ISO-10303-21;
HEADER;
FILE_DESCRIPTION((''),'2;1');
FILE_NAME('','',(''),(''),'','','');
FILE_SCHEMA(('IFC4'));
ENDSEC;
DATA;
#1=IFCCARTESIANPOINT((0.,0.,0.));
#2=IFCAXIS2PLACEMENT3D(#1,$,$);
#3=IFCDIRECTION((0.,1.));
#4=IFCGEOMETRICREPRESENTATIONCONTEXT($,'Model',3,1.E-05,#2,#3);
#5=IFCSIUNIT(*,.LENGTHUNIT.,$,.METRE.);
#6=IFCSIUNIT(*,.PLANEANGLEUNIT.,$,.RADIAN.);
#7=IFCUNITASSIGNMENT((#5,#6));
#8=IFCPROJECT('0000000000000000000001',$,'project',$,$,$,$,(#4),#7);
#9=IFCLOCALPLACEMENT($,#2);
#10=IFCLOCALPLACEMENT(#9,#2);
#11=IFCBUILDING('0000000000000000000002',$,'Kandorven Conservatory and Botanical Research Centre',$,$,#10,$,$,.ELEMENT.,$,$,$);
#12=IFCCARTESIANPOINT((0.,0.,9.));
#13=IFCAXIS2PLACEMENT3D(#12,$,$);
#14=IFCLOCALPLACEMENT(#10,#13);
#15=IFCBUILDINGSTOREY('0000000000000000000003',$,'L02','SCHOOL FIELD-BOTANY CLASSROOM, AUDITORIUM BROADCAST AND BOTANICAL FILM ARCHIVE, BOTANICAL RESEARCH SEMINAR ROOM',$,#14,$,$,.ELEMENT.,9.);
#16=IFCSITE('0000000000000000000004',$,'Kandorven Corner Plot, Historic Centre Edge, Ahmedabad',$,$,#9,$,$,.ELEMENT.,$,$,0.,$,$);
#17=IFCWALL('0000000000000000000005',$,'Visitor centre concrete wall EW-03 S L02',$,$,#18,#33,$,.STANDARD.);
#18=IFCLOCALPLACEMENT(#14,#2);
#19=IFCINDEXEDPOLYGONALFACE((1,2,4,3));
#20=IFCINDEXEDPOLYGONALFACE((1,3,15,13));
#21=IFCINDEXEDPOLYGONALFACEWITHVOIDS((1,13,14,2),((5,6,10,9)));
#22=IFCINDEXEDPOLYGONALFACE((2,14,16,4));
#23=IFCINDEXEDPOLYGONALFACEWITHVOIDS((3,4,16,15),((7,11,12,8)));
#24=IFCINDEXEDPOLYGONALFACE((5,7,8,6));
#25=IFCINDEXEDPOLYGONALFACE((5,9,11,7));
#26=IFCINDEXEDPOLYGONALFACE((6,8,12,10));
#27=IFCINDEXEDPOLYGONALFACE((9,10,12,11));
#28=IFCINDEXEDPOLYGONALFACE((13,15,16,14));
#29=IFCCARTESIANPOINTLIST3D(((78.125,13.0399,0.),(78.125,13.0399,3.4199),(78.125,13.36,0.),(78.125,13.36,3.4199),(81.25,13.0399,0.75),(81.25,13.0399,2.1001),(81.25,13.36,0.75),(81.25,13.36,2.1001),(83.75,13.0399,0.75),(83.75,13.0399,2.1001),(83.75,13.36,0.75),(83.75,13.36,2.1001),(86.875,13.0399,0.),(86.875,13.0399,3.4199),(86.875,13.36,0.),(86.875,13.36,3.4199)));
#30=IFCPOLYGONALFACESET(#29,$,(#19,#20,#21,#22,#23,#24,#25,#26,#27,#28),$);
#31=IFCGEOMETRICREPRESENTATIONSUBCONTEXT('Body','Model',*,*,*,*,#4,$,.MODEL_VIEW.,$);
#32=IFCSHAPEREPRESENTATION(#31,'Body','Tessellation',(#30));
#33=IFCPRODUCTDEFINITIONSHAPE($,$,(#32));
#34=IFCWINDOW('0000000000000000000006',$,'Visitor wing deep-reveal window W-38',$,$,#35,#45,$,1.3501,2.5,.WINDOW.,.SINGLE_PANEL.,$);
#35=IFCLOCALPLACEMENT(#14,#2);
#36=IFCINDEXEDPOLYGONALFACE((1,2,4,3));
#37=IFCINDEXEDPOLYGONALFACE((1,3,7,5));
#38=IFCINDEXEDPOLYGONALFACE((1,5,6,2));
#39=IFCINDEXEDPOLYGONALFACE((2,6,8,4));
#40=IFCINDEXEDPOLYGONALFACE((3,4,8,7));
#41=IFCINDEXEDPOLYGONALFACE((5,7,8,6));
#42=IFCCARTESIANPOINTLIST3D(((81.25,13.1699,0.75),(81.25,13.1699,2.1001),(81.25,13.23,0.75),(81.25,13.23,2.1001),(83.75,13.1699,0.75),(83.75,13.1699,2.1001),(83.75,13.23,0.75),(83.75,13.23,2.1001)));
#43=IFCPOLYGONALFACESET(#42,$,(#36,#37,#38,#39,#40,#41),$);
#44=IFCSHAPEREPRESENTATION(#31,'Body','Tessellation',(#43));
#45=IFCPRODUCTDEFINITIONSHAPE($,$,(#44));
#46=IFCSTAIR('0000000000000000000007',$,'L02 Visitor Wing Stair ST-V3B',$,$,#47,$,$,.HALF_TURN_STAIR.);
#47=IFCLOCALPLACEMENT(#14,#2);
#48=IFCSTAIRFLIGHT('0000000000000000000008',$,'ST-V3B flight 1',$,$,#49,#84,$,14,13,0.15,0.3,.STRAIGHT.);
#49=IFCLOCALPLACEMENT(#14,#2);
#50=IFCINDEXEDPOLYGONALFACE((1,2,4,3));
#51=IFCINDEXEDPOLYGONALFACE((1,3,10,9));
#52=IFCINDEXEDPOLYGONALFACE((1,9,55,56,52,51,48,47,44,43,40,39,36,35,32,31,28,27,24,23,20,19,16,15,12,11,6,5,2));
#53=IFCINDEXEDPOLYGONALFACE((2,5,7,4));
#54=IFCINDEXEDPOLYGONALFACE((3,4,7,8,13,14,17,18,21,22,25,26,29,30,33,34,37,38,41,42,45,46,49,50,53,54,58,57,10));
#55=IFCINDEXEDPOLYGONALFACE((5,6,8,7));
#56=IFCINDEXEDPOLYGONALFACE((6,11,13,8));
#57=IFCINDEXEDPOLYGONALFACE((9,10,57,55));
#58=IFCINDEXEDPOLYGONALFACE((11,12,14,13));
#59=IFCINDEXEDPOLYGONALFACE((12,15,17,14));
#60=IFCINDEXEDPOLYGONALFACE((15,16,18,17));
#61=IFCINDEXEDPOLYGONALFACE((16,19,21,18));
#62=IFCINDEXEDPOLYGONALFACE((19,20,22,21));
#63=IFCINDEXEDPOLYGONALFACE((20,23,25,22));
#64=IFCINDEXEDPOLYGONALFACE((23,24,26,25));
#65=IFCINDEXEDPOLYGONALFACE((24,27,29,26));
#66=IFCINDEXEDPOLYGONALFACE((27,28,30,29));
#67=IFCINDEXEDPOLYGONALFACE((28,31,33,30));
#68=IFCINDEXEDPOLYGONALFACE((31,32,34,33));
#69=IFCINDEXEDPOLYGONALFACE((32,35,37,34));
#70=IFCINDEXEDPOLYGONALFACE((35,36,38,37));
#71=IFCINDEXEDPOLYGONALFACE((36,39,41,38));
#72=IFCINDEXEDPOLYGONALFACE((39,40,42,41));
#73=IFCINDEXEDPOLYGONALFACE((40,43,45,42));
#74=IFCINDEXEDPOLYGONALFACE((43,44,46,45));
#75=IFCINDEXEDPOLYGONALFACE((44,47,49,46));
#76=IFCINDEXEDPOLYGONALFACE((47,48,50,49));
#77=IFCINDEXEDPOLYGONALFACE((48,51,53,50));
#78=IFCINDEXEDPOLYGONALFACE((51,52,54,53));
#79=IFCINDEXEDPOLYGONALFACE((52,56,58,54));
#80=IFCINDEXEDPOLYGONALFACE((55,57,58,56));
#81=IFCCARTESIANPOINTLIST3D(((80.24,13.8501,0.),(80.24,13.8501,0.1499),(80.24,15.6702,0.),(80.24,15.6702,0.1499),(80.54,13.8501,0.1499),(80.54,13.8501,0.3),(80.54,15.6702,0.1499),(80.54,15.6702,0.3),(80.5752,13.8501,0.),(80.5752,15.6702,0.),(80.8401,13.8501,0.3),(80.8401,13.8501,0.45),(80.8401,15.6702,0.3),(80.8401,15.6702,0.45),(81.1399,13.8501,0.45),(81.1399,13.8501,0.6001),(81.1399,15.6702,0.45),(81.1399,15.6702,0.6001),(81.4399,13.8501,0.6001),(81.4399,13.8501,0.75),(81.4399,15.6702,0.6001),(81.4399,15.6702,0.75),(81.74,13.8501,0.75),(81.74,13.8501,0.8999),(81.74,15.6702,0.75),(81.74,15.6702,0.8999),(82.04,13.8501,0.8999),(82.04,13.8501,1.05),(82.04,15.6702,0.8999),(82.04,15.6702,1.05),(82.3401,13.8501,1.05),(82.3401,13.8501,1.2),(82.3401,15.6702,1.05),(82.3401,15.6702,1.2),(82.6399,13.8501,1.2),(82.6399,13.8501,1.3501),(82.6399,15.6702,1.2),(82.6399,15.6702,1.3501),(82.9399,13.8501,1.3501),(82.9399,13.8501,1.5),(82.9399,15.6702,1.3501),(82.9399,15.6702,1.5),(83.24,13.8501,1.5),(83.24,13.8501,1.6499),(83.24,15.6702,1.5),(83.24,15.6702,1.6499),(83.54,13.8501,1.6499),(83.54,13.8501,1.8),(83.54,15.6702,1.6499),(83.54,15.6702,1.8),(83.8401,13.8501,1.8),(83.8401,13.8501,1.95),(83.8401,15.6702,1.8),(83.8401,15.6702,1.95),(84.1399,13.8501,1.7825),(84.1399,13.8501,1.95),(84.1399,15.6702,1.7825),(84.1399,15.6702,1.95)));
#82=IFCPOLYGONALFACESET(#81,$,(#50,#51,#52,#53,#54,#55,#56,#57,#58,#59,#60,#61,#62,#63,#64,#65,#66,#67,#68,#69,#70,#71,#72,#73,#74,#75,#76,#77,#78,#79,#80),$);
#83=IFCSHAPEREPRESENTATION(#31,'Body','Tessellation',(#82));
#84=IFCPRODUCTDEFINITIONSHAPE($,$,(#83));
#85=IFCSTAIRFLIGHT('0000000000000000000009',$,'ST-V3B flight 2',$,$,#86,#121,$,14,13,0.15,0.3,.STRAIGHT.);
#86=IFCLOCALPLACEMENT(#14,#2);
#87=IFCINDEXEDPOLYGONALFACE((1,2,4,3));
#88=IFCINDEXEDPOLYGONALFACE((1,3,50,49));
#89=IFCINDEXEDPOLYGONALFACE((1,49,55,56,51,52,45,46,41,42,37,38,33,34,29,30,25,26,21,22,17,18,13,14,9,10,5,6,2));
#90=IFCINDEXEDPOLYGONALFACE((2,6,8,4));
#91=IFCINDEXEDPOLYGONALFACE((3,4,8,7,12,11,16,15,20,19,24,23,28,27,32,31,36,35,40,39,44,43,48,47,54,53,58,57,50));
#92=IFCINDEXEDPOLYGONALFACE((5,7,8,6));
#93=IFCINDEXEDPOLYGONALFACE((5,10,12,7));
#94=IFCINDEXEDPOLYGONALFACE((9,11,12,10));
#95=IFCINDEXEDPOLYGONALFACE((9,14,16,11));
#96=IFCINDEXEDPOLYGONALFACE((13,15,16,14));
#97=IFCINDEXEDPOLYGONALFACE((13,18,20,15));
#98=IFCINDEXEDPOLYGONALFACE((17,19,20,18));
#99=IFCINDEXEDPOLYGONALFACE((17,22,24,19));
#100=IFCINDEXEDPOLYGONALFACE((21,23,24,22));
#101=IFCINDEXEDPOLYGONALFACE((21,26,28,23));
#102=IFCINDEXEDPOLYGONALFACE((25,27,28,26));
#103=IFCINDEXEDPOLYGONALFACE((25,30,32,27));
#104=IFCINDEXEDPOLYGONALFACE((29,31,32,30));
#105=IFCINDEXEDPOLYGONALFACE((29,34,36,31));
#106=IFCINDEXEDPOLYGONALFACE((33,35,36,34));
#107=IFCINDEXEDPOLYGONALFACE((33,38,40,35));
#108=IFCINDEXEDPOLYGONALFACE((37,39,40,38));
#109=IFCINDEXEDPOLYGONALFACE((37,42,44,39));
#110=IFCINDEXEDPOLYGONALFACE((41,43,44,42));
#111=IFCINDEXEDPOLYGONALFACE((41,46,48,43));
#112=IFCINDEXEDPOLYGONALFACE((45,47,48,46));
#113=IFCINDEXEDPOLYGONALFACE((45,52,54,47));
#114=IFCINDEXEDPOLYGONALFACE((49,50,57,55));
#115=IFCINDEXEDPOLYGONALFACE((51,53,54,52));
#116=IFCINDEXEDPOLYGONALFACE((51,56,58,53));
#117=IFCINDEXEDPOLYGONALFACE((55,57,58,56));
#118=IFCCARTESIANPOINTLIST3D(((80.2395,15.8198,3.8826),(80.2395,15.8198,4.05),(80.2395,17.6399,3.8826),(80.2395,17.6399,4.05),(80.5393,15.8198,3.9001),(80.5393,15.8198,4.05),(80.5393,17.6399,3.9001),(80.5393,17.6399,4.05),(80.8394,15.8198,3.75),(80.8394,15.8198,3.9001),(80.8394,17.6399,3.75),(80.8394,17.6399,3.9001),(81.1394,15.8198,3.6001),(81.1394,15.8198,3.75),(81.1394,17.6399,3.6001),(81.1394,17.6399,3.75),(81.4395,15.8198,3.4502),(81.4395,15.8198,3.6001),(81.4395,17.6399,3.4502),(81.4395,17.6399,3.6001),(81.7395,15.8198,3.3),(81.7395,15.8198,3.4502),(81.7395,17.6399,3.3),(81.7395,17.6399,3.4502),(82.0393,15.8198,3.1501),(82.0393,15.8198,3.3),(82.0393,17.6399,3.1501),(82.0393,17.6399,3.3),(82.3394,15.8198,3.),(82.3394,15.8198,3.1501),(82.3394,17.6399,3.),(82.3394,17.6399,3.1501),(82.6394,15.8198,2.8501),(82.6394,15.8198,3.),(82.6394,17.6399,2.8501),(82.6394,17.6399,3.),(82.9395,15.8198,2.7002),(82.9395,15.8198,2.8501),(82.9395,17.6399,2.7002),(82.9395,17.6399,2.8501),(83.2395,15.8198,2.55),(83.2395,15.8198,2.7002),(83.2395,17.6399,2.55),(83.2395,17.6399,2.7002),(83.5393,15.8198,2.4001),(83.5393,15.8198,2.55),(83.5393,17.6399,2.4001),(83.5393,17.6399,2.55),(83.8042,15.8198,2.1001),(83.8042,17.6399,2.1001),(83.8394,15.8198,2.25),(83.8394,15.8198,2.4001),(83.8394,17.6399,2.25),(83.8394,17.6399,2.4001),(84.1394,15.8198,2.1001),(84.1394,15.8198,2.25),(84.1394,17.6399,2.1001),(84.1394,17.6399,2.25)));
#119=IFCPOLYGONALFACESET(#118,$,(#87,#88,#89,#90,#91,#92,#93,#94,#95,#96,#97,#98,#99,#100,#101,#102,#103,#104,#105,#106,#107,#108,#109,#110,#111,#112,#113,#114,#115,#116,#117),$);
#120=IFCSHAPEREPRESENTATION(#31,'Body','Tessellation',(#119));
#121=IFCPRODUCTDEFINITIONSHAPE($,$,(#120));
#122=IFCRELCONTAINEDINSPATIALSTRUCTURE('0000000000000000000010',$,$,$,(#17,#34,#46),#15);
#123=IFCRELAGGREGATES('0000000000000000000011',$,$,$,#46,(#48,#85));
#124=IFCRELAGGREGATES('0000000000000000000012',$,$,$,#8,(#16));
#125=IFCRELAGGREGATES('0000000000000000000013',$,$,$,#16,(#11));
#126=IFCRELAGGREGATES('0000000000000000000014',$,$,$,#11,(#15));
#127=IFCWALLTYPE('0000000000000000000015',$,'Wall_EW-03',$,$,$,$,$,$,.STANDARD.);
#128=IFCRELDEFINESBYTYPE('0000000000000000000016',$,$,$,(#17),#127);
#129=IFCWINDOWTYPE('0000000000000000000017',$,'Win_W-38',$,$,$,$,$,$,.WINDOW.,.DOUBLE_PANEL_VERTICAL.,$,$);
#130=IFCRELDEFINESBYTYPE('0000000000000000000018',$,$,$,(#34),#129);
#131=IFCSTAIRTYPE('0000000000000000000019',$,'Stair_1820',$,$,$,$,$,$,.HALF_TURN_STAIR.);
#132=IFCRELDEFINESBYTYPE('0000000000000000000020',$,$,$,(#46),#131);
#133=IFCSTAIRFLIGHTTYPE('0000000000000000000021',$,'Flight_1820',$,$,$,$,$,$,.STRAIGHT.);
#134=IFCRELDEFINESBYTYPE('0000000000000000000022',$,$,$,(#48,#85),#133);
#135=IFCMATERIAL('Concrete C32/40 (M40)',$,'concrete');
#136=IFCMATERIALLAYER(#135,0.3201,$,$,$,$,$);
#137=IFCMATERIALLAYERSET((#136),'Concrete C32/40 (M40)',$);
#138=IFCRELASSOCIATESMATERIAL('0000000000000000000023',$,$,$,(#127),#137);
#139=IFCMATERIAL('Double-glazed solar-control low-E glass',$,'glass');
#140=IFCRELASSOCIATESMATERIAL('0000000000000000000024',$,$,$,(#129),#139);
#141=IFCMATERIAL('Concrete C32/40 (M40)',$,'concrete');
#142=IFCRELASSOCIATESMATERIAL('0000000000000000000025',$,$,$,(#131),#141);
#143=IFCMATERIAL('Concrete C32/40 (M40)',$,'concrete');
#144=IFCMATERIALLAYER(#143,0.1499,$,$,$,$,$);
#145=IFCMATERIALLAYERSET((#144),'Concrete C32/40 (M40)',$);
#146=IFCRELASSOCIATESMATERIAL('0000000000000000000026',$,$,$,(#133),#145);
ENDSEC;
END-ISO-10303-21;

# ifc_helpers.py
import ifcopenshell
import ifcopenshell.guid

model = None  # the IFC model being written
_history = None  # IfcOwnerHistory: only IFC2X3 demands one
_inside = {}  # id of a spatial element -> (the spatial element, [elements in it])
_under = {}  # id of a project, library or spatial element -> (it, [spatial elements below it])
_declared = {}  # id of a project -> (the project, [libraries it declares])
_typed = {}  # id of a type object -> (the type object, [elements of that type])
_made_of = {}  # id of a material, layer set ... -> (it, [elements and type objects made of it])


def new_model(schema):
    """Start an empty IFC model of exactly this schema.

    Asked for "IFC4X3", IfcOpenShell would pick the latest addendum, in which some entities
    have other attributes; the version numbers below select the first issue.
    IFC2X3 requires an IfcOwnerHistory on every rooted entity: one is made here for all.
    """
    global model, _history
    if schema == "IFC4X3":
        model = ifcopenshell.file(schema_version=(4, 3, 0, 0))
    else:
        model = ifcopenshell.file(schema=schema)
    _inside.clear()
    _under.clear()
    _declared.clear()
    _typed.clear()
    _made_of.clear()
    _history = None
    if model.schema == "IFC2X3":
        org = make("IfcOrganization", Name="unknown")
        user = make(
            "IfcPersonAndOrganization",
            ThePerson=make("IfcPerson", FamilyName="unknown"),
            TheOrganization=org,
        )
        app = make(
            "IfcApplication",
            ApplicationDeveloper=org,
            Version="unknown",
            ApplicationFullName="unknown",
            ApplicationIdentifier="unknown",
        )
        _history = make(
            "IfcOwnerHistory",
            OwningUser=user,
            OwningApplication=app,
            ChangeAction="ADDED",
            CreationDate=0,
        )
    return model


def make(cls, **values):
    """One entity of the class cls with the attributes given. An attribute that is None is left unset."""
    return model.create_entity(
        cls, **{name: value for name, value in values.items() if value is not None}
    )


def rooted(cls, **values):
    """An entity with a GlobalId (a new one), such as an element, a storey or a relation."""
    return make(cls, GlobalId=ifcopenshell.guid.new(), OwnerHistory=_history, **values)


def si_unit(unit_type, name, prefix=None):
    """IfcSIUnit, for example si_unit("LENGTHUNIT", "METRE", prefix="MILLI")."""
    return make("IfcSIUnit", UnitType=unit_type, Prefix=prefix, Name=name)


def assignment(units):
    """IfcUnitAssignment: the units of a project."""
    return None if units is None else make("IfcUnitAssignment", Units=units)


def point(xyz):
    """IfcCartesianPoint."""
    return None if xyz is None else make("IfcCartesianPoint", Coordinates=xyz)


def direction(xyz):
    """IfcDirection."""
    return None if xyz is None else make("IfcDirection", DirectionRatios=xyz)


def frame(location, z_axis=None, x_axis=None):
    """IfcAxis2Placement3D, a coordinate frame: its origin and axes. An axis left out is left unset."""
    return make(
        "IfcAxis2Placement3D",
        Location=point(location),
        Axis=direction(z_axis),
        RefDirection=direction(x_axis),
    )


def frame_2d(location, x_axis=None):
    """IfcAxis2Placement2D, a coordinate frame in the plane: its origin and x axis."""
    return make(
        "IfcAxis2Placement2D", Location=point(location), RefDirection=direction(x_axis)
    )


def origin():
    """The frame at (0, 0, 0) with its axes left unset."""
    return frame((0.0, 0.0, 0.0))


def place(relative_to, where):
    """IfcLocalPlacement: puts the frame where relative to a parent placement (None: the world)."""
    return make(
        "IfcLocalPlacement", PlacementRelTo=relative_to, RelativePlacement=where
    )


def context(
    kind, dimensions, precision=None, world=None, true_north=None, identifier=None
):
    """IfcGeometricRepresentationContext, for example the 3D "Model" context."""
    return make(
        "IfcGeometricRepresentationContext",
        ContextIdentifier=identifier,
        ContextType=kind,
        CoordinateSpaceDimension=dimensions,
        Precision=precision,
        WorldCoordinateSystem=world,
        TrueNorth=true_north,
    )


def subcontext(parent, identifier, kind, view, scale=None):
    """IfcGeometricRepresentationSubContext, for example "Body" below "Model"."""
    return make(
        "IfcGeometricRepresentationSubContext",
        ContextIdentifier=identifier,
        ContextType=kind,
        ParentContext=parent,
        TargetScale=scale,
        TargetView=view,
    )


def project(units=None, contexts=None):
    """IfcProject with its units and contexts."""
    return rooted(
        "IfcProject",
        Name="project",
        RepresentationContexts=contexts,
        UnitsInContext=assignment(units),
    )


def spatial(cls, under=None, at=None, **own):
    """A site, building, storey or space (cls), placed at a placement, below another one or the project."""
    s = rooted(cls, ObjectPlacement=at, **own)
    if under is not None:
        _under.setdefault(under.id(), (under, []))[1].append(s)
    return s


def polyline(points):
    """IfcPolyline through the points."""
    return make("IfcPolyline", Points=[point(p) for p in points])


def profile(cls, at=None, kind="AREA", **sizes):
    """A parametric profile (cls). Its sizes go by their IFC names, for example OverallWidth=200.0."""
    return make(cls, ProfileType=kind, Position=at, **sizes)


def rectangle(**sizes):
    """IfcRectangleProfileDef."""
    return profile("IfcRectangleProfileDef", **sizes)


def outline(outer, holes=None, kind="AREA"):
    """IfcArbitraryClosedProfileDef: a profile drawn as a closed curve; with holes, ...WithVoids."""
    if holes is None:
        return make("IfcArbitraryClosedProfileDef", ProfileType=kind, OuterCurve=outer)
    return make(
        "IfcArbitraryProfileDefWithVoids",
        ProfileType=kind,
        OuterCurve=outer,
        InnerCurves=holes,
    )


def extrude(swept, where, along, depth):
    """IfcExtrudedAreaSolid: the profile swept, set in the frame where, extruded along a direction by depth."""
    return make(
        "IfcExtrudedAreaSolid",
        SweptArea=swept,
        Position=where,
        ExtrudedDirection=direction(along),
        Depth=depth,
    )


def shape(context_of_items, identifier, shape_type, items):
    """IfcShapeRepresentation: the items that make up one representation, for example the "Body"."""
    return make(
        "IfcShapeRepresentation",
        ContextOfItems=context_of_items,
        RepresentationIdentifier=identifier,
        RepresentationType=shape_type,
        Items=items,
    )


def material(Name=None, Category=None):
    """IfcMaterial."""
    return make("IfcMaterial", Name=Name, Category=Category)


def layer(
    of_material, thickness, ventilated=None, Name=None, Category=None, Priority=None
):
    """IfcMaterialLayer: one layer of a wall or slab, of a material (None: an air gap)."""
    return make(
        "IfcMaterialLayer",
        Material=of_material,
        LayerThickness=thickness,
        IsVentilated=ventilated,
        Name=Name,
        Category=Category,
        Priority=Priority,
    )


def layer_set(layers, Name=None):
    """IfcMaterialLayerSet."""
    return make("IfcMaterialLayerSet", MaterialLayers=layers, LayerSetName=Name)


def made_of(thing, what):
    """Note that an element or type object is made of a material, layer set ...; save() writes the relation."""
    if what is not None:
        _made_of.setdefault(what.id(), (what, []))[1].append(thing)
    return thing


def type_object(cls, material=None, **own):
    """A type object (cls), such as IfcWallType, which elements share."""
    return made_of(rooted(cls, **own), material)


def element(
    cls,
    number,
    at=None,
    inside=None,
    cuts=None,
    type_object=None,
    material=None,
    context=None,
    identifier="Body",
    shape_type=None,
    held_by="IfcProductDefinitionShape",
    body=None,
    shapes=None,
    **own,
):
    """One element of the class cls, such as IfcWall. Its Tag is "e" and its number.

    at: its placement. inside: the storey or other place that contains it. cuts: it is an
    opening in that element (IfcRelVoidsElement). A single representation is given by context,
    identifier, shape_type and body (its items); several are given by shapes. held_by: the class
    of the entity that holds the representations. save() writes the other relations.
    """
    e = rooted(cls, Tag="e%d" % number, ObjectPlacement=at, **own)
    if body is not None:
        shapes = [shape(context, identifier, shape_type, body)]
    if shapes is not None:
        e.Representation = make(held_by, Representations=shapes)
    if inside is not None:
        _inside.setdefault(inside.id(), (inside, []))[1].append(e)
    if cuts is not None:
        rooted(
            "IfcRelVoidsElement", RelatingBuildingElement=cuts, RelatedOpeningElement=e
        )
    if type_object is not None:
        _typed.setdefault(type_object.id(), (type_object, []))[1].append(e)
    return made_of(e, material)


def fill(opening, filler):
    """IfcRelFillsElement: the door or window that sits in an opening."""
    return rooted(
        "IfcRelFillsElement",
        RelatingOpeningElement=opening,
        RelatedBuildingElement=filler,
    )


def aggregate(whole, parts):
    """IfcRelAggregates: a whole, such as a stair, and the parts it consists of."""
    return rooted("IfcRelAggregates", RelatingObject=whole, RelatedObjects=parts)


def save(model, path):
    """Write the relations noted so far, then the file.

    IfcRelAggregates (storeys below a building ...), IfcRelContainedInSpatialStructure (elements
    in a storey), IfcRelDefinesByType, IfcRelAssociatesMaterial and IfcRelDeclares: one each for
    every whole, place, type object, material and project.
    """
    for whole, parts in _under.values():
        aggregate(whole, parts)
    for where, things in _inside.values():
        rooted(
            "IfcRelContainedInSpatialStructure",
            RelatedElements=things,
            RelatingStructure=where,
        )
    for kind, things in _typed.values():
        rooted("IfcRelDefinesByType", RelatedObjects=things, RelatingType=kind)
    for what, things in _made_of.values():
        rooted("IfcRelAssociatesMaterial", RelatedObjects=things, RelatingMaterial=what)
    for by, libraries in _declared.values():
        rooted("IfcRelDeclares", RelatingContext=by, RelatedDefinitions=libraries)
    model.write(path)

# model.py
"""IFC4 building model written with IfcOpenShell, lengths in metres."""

from ifc_helpers import new_model, si_unit, direction, frame, frame_2d, origin, place, context, subcontext, project, spatial, polyline, rectangle, outline, extrude, material, layer, layer_set, type_object, element, fill, aggregate, save


model = new_model("IFC4")

# Units and contexts
model_context = context("Model", 3, precision=1e-05, world=origin(), true_north=direction((0.0, 1.0)))
body_context = subcontext(model_context, "Body", "Model", "MODEL_VIEW")
ifc_project = project(units=[si_unit("LENGTHUNIT", "METRE"), si_unit("PLANEANGLEUNIT", "RADIAN")], contexts=[model_context])

# Site, building, storey
site_placement = place(None, origin())
site = spatial("IfcSite", under=ifc_project, at=site_placement, Name="Kandorven Corner Plot, Historic Centre Edge, Ahmedabad", CompositionType="ELEMENT", RefElevation=0.0)
building_placement = place(site_placement, origin())
building = spatial("IfcBuilding", under=site, at=building_placement, Name="Kandorven Conservatory and Botanical Research Centre", CompositionType="ELEMENT")
storey_placement = place(building_placement, frame((0.0, 0.0, 9.0)))
storey = spatial("IfcBuildingStorey", under=building, at=storey_placement, Name="L02", Description="SCHOOL FIELD-BOTANY CLASSROOM, AUDITORIUM BROADCAST AND BOTANICAL FILM ARCHIVE, BOTANICAL RESEARCH SEMINAR ROOM", CompositionType="ELEMENT", Elevation=9.0)

# Wall, opening, window
ifc_material_1 = material(Name="Concrete C32/40 (M40)", Category="concrete")
ifc_layer_1 = layer(ifc_material_1, 0.3201)
ifc_layer_set_1 = layer_set([ifc_layer_1], Name="Concrete C32/40 (M40)")
wall_type_1 = type_object("IfcWallType", Name="Wall_EW-03", PredefinedType="STANDARD", material=ifc_layer_set_1)
wall_1_placement = place(storey_placement, frame((78.125, 13.2, 0.0), z_axis=(0.0, 0.0, 1.0), x_axis=(1.0, 0.0, 0.0)))
wall_1 = element("IfcWall", 1, at=wall_1_placement, inside=storey, type_object=wall_type_1, Name="Visitor centre concrete wall EW-03 S L02", PredefinedType="STANDARD", context=body_context, shape_type="SweptSolid", body=[
    extrude(rectangle(XDim=8.75, YDim=0.3201, at=frame_2d((4.375, 0.0))), origin(), (0.0, 0.0, 1.0), 3.4199),
])
opening_1_placement = place(wall_1_placement, frame((3.125, 0.0, 0.75)))
opening_1 = element("IfcOpeningElement", 2, at=opening_1_placement, cuts=wall_1, PredefinedType="OPENING", context=body_context, shape_type="SweptSolid", body=[
    extrude(rectangle(XDim=2.5, YDim=1.3501, at=frame_2d((1.25, 0.675))), frame((0.0, 0.1699, 0.0), z_axis=(0.0, -1.0, 0.0), x_axis=(1.0, 0.0, 0.0)), (0.0, 0.0, 1.0), 0.3401),
])
ifc_material_2 = material(Name="Double-glazed solar-control low-E glass", Category="glass")
window_type = type_object("IfcWindowType", Name="Win_W-38", PartitioningType="DOUBLE_PANEL_VERTICAL", PredefinedType="WINDOW", material=ifc_material_2)
window_placement = place(opening_1_placement, origin())
window = element("IfcWindow", 3, at=window_placement, inside=storey, type_object=window_type, Name="Visitor wing deep-reveal window W-38", OverallHeight=1.3501, OverallWidth=2.5, PartitioningType="SINGLE_PANEL", PredefinedType="WINDOW", context=body_context, shape_type="SweptSolid", body=[
    extrude(rectangle(XDim=2.5, YDim=1.3501, at=frame_2d((1.25, 0.675))), frame((0.0, 0.03, 0.0), z_axis=(0.0, -1.0, 0.0), x_axis=(1.0, 0.0, 0.0)), (0.0, 0.0, 1.0), 0.0601),
])
fill(opening_1, window)

# Stair, stair flights
ifc_material_3 = material(Name="Concrete C32/40 (M40)", Category="concrete")
stair_type = type_object("IfcStairType", Name="Stair_1820", PredefinedType="HALF_TURN_STAIR", material=ifc_material_3)
stair_placement = place(storey_placement, origin())
stair = element("IfcStair", 4, at=stair_placement, inside=storey, type_object=stair_type, Name="L02 Visitor Wing Stair ST-V3B", PredefinedType="HALF_TURN_STAIR")
ifc_material_4 = material(Name="Concrete C32/40 (M40)", Category="concrete")
ifc_layer_2 = layer(ifc_material_4, 0.1499)
ifc_layer_set_2 = layer_set([ifc_layer_2], Name="Concrete C32/40 (M40)")
stair_flight_type = type_object("IfcStairFlightType", Name="Flight_1820", PredefinedType="STRAIGHT", material=ifc_layer_set_2)
stair_flight_1_placement = place(storey_placement, frame((80.24, 14.76, 0.0), z_axis=(0.0, 0.0, 1.0), x_axis=(1.0, 0.0, 0.0)))
stair_flight_1 = element("IfcStairFlight", 5, at=stair_flight_1_placement, type_object=stair_flight_type, Name="ST-V3B flight 1", NumberOfRisers=14, NumberOfTreads=13, PredefinedType="STRAIGHT", RiserHeight=0.15, TreadLength=0.3, context=body_context, shape_type="SweptSolid", body=[
    extrude(outline(polyline([(0.0, 0.0), (0.0, 0.1499), (0.3, 0.1499), (0.3, 0.3), (0.6001, 0.3), (0.6001, 0.45), (0.8999, 0.45), (0.8999, 0.6001), (1.2, 0.6001), (1.2, 0.75), (1.5, 0.75), (1.5, 0.8999), (1.8, 0.8999), (1.8, 1.05), (2.1001, 1.05), (2.1001, 1.2), (2.3999, 1.2), (2.3999, 1.3501), (2.7, 1.3501), (2.7, 1.5), (3.0, 1.5), (3.0, 1.6499), (3.3, 1.6499), (3.3, 1.8), (3.6001, 1.8), (3.6001, 1.95), (3.8999, 1.95), (3.8999, 2.1001), (3.8999, 1.7825), (0.3352, 0.0), (0.0, 0.0)])), frame((0.0, 0.9102, 0.0), z_axis=(0.0, -1.0, 0.0), x_axis=(1.0, 0.0, 0.0)), (0.0, 0.0, 1.0), 1.8201),
])
stair_flight_2_placement = place(storey_placement, frame((84.1394, 16.73, 2.1001), z_axis=(0.0, 0.0, 1.0), x_axis=(-1.0, 0.0, 0.0)))
stair_flight_2 = element("IfcStairFlight", 6, at=stair_flight_2_placement, type_object=stair_flight_type, Name="ST-V3B flight 2", NumberOfRisers=14, NumberOfTreads=13, PredefinedType="STRAIGHT", RiserHeight=0.15, TreadLength=0.3, context=body_context, shape_type="SweptSolid", body=[
    extrude(outline(polyline([(0.0, 0.0), (0.0, 0.1499), (0.3, 0.1499), (0.3, 0.3), (0.6001, 0.3), (0.6001, 0.45), (0.8999, 0.45), (0.8999, 0.6001), (1.2, 0.6001), (1.2, 0.75), (1.5, 0.75), (1.5, 0.8999), (1.8, 0.8999), (1.8, 1.05), (2.1001, 1.05), (2.1001, 1.2), (2.3999, 1.2), (2.3999, 1.3501), (2.7, 1.3501), (2.7, 1.5), (3.0, 1.5), (3.0, 1.6499), (3.3, 1.6499), (3.3, 1.8), (3.6001, 1.8), (3.6001, 1.95), (3.8999, 1.95), (3.8999, 2.1001), (3.8999, 1.7825), (0.3352, 0.0), (0.0, 0.0)])), frame((0.0, 0.9102, 0.0), z_axis=(0.0, -1.0, 0.0), x_axis=(1.0, 0.0, 0.0)), (0.0, 0.0, 1.0), 1.8201),
])
aggregate(stair, [stair_flight_1, stair_flight_2])

save(model, "model.ifc")
